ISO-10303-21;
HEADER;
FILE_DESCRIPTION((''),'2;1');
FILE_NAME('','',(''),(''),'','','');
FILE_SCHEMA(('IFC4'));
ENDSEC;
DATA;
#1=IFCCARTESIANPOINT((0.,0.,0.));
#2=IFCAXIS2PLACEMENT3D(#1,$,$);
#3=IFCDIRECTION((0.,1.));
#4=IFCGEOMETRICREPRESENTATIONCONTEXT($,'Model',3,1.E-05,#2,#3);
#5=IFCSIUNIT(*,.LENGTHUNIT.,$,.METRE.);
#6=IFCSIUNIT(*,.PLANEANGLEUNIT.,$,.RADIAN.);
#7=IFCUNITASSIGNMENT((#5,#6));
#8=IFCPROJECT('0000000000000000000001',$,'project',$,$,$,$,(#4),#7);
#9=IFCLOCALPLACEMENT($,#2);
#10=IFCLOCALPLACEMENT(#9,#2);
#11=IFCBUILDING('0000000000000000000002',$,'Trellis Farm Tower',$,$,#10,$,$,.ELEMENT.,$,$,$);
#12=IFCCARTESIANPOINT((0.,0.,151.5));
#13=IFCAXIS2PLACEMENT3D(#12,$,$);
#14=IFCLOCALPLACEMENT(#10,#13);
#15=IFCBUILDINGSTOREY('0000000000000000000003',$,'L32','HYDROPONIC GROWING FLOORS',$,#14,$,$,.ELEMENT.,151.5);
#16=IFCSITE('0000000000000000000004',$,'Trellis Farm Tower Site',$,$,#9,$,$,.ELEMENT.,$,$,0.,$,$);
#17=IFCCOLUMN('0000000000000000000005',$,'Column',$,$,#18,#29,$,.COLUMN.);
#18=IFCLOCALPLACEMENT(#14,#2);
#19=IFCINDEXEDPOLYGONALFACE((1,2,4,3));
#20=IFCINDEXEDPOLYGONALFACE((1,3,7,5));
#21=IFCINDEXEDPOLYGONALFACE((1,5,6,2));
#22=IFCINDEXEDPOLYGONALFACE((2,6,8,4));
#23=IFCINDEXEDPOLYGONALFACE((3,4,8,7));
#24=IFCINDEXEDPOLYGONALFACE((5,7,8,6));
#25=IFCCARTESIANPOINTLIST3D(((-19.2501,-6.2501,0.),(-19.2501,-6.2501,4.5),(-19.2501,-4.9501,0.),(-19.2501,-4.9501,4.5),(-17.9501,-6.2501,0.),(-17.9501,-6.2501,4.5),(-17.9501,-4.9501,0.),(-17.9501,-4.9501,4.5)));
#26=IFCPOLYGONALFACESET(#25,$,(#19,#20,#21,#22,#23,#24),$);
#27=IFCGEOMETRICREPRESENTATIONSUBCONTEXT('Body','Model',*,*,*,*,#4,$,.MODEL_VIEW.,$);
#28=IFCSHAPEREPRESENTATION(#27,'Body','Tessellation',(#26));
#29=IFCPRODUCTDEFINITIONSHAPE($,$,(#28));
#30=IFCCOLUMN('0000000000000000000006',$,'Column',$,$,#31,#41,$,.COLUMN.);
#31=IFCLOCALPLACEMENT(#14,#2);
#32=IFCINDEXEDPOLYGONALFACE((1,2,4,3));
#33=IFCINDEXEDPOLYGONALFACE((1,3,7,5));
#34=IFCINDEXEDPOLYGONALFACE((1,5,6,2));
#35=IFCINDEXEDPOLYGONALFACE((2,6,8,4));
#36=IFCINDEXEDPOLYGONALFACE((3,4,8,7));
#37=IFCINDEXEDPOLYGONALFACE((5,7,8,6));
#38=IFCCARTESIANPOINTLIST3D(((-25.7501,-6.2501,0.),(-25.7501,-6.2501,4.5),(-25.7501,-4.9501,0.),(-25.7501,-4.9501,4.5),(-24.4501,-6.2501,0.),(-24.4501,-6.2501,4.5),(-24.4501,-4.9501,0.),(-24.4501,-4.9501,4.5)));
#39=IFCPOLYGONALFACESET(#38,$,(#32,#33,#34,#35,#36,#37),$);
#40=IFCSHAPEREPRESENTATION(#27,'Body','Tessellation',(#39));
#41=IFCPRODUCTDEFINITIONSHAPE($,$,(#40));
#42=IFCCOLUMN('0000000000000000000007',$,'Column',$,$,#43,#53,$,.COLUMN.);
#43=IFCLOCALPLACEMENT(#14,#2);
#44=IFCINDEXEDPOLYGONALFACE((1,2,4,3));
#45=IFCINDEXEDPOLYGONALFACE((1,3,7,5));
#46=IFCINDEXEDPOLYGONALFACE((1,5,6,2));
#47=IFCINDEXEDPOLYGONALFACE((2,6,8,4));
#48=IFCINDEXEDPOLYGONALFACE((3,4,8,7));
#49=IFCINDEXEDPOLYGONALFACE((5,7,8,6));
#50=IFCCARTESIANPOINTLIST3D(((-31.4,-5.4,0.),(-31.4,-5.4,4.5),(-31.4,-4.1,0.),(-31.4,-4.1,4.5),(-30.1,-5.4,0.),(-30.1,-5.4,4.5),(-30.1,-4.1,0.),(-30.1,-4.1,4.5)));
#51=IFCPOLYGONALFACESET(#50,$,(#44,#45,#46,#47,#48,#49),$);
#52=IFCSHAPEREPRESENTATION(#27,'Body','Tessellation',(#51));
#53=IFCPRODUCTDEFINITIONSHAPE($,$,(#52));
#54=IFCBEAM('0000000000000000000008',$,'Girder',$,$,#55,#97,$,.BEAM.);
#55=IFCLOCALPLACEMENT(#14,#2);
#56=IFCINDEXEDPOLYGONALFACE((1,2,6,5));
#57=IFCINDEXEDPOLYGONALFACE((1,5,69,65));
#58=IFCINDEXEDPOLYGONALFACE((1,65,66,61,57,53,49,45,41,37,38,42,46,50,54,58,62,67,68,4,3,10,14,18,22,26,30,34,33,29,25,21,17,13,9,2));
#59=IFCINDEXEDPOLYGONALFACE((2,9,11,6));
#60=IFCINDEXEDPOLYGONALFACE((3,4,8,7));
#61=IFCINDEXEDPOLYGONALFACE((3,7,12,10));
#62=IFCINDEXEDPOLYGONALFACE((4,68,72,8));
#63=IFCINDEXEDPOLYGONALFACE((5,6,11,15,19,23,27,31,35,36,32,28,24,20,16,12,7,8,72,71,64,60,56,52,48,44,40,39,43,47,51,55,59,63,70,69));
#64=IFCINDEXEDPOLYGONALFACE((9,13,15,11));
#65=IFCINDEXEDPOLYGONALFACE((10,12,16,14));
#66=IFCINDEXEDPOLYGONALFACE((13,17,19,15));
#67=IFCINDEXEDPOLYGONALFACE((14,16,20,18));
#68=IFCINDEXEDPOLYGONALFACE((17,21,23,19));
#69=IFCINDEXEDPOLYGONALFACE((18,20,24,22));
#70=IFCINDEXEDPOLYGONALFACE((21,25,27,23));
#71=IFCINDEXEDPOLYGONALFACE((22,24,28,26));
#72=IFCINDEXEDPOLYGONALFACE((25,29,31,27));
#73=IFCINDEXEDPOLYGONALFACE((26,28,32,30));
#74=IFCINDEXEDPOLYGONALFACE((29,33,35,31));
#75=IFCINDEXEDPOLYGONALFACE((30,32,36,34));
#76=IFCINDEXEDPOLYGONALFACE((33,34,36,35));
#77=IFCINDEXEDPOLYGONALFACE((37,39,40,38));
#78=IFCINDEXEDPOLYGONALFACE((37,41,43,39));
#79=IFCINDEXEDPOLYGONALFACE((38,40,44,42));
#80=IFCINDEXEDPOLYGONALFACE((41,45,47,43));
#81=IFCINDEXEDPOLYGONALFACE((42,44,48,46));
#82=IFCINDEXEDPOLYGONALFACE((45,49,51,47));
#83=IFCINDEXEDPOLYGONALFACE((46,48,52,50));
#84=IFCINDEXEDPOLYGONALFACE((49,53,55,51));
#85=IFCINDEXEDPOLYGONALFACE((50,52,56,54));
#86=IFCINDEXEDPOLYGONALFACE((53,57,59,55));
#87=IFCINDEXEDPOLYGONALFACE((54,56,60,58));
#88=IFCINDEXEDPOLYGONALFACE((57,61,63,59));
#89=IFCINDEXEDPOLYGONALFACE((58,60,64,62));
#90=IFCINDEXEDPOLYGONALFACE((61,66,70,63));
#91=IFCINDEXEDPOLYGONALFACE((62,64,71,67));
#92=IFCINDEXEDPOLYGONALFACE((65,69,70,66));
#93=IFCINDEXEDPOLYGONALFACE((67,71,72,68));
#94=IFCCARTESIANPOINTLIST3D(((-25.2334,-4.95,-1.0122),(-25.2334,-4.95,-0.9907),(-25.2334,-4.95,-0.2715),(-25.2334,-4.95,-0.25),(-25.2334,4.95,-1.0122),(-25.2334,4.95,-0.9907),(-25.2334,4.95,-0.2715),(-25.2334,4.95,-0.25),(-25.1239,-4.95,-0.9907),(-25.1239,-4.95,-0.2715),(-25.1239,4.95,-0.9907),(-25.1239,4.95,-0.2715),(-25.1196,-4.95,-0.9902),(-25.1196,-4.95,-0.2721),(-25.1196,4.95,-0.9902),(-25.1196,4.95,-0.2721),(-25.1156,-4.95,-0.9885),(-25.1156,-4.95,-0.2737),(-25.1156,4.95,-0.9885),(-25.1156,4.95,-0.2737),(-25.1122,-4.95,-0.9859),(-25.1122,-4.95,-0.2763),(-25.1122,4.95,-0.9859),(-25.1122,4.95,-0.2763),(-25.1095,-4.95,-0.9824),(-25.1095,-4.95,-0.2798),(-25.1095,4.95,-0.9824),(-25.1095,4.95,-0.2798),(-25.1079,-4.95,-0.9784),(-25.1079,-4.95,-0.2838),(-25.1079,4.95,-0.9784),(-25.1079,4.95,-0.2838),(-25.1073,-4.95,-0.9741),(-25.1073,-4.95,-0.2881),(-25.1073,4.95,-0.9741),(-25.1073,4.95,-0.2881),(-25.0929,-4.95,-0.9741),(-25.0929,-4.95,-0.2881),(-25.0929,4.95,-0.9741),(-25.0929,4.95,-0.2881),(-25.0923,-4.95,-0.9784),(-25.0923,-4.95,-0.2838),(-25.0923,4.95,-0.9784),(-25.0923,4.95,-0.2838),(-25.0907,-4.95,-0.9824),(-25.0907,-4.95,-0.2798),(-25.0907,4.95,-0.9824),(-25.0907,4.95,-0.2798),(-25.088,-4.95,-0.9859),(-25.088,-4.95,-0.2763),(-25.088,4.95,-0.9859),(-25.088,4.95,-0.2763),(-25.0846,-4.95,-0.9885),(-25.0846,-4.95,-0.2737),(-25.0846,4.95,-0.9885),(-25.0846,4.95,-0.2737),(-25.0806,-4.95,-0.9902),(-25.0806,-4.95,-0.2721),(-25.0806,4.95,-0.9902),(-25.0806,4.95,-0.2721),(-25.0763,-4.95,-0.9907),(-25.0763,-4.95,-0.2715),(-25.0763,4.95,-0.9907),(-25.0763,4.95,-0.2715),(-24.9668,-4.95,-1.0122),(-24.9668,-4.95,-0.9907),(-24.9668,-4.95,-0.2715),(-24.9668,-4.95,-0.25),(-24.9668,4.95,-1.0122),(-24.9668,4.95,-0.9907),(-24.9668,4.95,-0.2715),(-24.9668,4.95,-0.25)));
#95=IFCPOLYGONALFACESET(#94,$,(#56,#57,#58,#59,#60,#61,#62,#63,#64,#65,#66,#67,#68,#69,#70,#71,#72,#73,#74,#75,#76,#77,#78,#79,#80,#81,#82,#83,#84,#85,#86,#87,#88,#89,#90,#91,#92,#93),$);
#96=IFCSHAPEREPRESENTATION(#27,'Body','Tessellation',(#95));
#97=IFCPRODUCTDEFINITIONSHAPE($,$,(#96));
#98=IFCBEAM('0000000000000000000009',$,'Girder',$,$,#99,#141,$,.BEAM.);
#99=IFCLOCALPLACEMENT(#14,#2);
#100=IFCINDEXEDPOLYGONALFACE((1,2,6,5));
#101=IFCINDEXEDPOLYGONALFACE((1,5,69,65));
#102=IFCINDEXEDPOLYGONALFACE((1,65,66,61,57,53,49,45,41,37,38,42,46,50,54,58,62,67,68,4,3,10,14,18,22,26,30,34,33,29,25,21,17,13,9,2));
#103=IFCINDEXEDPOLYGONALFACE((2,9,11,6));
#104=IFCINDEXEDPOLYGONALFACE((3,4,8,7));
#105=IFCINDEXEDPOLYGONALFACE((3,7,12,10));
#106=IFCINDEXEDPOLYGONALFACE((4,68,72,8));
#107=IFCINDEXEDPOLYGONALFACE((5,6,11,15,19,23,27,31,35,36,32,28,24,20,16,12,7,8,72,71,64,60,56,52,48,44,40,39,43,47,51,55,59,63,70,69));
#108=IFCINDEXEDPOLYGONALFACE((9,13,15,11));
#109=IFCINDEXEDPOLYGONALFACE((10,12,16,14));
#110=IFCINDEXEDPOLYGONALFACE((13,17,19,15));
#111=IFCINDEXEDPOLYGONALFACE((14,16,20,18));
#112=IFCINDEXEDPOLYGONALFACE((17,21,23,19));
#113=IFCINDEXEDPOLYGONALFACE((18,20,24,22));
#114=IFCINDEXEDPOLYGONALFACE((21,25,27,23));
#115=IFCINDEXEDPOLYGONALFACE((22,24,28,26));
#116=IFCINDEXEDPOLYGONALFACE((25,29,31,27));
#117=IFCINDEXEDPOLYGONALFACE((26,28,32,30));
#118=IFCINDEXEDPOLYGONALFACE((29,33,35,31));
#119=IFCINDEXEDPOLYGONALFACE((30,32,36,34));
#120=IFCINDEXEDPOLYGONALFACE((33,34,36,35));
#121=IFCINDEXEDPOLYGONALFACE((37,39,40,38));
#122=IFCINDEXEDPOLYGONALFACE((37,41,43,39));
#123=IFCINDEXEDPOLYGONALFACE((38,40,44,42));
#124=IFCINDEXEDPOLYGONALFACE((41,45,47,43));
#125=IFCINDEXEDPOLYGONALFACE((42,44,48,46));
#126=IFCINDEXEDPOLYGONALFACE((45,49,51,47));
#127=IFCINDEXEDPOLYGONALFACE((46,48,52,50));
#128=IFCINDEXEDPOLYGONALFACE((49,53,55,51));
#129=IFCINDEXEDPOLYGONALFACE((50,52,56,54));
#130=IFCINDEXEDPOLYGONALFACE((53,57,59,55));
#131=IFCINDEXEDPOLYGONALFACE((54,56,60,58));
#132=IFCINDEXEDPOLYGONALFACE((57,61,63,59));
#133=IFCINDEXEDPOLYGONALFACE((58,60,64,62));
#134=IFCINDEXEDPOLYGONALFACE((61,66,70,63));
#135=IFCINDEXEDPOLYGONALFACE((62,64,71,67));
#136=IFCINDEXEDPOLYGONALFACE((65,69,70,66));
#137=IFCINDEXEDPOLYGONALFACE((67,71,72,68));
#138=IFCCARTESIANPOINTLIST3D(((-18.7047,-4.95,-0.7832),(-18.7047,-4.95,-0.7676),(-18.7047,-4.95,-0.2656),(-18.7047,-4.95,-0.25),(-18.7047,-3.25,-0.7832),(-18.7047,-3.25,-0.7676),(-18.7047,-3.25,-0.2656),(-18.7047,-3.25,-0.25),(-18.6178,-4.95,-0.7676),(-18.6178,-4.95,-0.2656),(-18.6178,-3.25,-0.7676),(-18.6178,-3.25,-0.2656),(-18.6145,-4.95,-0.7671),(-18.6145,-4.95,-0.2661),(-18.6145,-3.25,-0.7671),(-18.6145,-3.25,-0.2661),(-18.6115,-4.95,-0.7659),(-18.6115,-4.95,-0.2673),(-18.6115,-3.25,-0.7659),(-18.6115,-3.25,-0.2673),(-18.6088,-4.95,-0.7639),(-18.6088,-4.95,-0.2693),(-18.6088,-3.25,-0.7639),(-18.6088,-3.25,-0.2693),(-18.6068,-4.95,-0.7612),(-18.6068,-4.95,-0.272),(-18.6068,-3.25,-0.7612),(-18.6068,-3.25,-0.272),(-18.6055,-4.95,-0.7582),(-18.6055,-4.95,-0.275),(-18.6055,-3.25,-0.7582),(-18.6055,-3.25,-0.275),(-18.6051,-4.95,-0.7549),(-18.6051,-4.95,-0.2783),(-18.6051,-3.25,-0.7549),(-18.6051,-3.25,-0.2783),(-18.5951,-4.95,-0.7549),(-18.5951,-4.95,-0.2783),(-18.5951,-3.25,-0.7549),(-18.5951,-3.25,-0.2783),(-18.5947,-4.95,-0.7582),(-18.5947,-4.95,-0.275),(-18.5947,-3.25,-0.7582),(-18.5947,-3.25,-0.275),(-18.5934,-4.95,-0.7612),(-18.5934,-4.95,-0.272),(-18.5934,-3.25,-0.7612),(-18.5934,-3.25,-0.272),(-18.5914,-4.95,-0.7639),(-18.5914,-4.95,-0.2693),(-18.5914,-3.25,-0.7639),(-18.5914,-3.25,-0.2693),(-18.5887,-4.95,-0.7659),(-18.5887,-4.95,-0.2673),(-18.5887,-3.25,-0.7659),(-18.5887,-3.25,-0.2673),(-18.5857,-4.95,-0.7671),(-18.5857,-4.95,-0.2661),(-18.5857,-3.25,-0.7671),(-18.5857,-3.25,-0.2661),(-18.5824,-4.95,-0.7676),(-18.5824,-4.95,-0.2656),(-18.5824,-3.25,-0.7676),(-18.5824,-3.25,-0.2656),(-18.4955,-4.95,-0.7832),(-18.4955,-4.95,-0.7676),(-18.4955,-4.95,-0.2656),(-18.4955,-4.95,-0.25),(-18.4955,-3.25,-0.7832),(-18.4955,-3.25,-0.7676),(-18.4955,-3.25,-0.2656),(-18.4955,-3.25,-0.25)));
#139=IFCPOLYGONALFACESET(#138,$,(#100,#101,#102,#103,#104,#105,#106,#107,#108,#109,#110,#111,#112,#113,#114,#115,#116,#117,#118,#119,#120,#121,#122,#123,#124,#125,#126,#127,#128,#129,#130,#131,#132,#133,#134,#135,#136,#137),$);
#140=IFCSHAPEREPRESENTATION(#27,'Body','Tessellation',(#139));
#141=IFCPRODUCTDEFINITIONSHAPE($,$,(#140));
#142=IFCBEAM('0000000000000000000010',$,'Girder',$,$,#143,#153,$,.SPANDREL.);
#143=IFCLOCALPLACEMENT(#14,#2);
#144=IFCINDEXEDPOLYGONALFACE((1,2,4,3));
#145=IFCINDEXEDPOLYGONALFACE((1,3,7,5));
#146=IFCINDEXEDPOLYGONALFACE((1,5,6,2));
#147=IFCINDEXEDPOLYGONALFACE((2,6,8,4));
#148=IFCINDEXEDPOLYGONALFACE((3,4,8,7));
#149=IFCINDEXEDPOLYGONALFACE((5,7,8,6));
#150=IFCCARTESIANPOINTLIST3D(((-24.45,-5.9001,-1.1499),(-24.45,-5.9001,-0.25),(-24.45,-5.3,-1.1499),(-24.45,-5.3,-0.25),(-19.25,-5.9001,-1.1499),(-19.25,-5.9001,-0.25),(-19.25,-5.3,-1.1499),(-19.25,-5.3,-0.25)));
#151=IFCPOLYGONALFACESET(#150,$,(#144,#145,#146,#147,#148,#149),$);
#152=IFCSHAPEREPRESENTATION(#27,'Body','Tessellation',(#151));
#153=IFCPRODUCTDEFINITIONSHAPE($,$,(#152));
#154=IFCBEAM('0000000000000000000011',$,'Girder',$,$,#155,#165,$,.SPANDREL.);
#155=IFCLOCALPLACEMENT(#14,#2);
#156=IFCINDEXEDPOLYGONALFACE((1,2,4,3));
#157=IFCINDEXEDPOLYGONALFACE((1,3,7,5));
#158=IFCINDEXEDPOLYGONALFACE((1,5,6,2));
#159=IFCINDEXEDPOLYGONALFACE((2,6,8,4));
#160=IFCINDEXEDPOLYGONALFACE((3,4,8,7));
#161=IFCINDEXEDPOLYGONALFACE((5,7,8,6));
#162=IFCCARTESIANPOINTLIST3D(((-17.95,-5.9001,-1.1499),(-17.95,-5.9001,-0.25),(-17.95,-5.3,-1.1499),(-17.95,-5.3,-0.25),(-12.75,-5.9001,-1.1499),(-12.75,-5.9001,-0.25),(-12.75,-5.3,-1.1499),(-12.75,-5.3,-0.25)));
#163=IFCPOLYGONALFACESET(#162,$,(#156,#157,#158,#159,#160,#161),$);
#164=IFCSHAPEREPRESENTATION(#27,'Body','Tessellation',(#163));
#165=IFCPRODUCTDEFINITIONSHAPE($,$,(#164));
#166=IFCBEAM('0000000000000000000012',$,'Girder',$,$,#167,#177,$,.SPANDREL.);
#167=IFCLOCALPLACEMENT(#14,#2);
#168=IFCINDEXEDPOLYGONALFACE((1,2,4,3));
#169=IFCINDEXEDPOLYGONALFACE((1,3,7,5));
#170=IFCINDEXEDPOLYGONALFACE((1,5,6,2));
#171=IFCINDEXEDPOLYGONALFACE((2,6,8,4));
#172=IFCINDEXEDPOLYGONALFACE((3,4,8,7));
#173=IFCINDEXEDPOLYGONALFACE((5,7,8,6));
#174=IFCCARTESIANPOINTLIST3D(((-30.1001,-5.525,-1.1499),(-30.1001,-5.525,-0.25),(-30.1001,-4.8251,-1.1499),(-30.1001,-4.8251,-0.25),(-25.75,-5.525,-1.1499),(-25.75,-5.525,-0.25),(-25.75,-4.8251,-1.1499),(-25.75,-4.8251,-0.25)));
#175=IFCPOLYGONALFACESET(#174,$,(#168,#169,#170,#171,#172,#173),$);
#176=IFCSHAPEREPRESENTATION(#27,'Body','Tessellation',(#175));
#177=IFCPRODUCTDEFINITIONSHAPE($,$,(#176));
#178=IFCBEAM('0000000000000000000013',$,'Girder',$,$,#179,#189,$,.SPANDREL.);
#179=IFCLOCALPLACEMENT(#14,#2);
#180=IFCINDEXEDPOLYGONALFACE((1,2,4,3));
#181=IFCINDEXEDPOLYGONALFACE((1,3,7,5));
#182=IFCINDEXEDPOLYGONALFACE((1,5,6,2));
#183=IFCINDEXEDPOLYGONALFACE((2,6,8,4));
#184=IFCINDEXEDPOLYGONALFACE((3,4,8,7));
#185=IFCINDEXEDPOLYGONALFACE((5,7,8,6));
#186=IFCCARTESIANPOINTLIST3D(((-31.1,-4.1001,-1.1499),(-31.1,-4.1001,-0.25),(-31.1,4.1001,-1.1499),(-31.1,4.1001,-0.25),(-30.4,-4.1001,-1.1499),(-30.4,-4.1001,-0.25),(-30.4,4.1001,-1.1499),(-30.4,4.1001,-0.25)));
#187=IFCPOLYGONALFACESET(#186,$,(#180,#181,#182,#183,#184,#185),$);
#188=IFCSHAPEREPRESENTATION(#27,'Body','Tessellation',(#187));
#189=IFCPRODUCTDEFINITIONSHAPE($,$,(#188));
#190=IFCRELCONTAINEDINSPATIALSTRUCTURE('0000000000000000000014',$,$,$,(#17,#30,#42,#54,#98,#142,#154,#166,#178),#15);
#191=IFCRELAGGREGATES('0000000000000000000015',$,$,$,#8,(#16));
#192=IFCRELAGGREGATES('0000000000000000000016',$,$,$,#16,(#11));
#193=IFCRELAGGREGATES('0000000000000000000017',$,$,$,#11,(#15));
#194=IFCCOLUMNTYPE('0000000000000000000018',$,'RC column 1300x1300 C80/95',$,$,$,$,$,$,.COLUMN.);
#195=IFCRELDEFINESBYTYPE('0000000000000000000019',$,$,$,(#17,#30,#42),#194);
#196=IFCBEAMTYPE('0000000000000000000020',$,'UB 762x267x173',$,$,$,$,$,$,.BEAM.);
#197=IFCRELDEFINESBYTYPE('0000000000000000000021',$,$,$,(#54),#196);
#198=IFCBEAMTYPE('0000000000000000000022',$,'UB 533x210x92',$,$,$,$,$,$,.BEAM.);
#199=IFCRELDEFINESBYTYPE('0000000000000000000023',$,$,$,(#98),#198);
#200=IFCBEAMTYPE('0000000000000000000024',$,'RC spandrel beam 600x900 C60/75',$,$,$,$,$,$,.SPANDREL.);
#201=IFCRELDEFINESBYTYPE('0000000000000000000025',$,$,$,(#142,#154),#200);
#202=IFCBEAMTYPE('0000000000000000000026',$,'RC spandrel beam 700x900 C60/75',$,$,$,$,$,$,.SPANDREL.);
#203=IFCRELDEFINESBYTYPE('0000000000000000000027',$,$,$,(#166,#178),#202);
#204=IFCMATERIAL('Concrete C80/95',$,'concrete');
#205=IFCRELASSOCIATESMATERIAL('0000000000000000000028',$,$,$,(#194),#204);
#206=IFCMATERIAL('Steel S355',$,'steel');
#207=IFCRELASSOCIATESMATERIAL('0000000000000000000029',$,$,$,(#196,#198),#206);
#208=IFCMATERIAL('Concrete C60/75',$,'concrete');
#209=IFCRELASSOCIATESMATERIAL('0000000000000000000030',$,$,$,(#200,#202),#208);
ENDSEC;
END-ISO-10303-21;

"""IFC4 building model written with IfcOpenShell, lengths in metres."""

from ifc_helpers import new_model, si_unit, direction, frame, origin, origin_2d, place, context, subcontext, project, spatial, rectangle, i_section, extrude, source, transform, mapped, material, material_profile, profile_set, type_object, element, save


model = new_model("IFC4")

# Units and contexts
model_context = context("Model", 3, precision=1e-05, world=origin(), true_north=direction((0.0, 1.0)))
body_context = subcontext(model_context, "Body", "Model", "MODEL_VIEW")
ifc_project = project(units=[si_unit("LENGTHUNIT", "METRE"), si_unit("PLANEANGLEUNIT", "RADIAN")], contexts=[model_context])

# Site, building, storey
site_placement = place(None, origin())
site = spatial("IfcSite", under=ifc_project, at=site_placement, Name="Trellis Farm Tower Site", CompositionType="ELEMENT", RefElevation=0.0)
building_placement = place(site_placement, origin())
building = spatial("IfcBuilding", under=site, at=building_placement, Name="Trellis Farm Tower", CompositionType="ELEMENT")
storey_placement = place(building_placement, frame((0.0, 0.0, 151.5)))
storey = spatial("IfcBuildingStorey", under=building, at=storey_placement, Name="L32", Description="HYDROPONIC GROWING FLOORS", CompositionType="ELEMENT", Elevation=151.5)

# Columns
ifc_material_1 = material(Name="Concrete C80/95", Category="concrete")
ifc_material_profile_1 = material_profile(ifc_material_1, rectangle(XDim=1.3, YDim=1.3, at=origin_2d()), Name="RC column 1300x1300 C80/95")
ifc_profile_set_1 = profile_set([ifc_material_profile_1], Name="Concrete C80/95")
column_type = type_object("IfcColumnType", Name="RC column 1300x1300 C80/95", PredefinedType="COLUMN", material=ifc_profile_set_1)
shared_shape_1 = source(origin(), body_context, "Body", "SweptSolid", [
    extrude(rectangle(XDim=1.3, YDim=1.3, at=origin_2d()), origin(), (0.0, 0.0, 1.0), 4.5),
])
for number, where, z_axis, x_axis, name in (
    (1, (-18.6001, -5.6001, 0.0), (0.0, 0.0, 1.0), (1.0, 0.0, 0.0), "Column"),
    (2, (-25.1001, -5.6001, 0.0), (0.0, 0.0, 1.0), (1.0, 0.0, 0.0), "Column"),
    (3, (-30.75, -4.75, 0.0), (0.0, 0.0, 1.0), (1.0, 0.0, 0.0), "Column"),
):
    element("IfcColumn", number, at=place(storey_placement, frame(where, z_axis=z_axis, x_axis=x_axis)), inside=storey, type_object=column_type, Name=name, PredefinedType="COLUMN", context=body_context, shape_type="MappedRepresentation", body=[
        mapped(shared_shape_1, transform((0.0, 0.0, 0.0))),
    ])

# Beams
ifc_material_2 = material(Name="Steel S355", Category="steel")
ifc_material_profile_2 = material_profile(ifc_material_2, i_section(OverallWidth=0.2666, OverallDepth=0.7622, WebThickness=0.0144, FlangeThickness=0.0215, FilletRadius=0.0166, at=origin_2d()), Name="UB 762x267x173")
ifc_profile_set_2 = profile_set([ifc_material_profile_2], Name="Steel S355")
beam_type_1 = type_object("IfcBeamType", Name="UB 762x267x173", PredefinedType="BEAM", material=ifc_profile_set_2)
shared_shape_2 = source(origin(), body_context, "Body", "SweptSolid", [
    extrude(i_section(OverallWidth=0.2666, OverallDepth=0.7622, WebThickness=0.0144, FlangeThickness=0.0215, FilletRadius=0.0166, at=origin_2d()), origin(), (0.0, 0.0, 1.0), 9.8999),
])
beam_1_placement = place(storey_placement, frame((-25.1001, -4.95, -0.6311), z_axis=(0.0, 1.0, 0.0), x_axis=(-1.0, 0.0, 0.0)))
element("IfcBeam", 4, at=beam_1_placement, inside=storey, type_object=beam_type_1, Name="Girder", PredefinedType="BEAM", context=body_context, shape_type="MappedRepresentation", body=[
    mapped(shared_shape_2, transform((0.0, 0.0, 0.0))),
])
ifc_material_profile_3 = material_profile(ifc_material_2, i_section(OverallWidth=0.2092, OverallDepth=0.5332, WebThickness=0.01, FlangeThickness=0.0156, FilletRadius=0.0127, at=origin_2d()), Name="UB 533x210x92")
ifc_profile_set_3 = profile_set([ifc_material_profile_3], Name="Steel S355")
beam_type_2 = type_object("IfcBeamType", Name="UB 533x210x92", PredefinedType="BEAM", material=ifc_profile_set_3)
shared_shape_3 = source(origin(), body_context, "Body", "SweptSolid", [
    extrude(i_section(OverallWidth=0.2092, OverallDepth=0.5332, WebThickness=0.01, FlangeThickness=0.0156, FilletRadius=0.0127, at=origin_2d()), origin(), (0.0, 0.0, 1.0), 1.7),
])
beam_2_placement = place(storey_placement, frame((-18.6001, -4.95, -0.5166), z_axis=(0.0, 1.0, 0.0), x_axis=(-1.0, 0.0, 0.0)))
element("IfcBeam", 5, at=beam_2_placement, inside=storey, type_object=beam_type_2, Name="Girder", PredefinedType="BEAM", context=body_context, shape_type="MappedRepresentation", body=[
    mapped(shared_shape_3, transform((0.0, 0.0, 0.0))),
])
ifc_material_3 = material(Name="Concrete C60/75", Category="concrete")
ifc_material_profile_4 = material_profile(ifc_material_3, rectangle(XDim=0.6001, YDim=0.8999, at=origin_2d()), Name="RC spandrel beam 600x900 C60/75")
ifc_profile_set_4 = profile_set([ifc_material_profile_4], Name="Concrete C60/75")
beam_type_3 = type_object("IfcBeamType", Name="RC spandrel beam 600x900 C60/75", PredefinedType="SPANDREL", material=ifc_profile_set_4)
shared_shape_4 = source(origin(), body_context, "Body", "SweptSolid", [
    extrude(rectangle(XDim=0.6001, YDim=0.8999, at=origin_2d()), origin(), (0.0, 0.0, 1.0), 5.2),
])
for number, where, z_axis, x_axis, name in (
    (6, (-24.45, -5.6001, -0.7), (1.0, 0.0, 0.0), (0.0, 1.0, 0.0), "Girder"),
    (7, (-17.95, -5.6001, -0.7), (1.0, 0.0, 0.0), (0.0, 1.0, 0.0), "Girder"),
):
    element("IfcBeam", number, at=place(storey_placement, frame(where, z_axis=z_axis, x_axis=x_axis)), inside=storey, type_object=beam_type_3, Name=name, PredefinedType="SPANDREL", context=body_context, shape_type="MappedRepresentation", body=[
        mapped(shared_shape_4, transform((0.0, 0.0, 0.0))),
    ])
ifc_material_profile_5 = material_profile(ifc_material_3, rectangle(XDim=0.7, YDim=0.8999, at=origin_2d()), Name="RC spandrel beam 700x900 C60/75")
ifc_profile_set_5 = profile_set([ifc_material_profile_5], Name="Concrete C60/75")
beam_type_4 = type_object("IfcBeamType", Name="RC spandrel beam 700x900 C60/75", PredefinedType="SPANDREL", material=ifc_profile_set_5)
shared_shape_5 = source(origin(), body_context, "Body", "SweptSolid", [
    extrude(rectangle(XDim=0.7, YDim=0.8999, at=origin_2d()), origin(), (0.0, 0.0, 1.0), 4.3501),
])
beam_3_placement = place(storey_placement, frame((-30.1001, -5.175, -0.7), z_axis=(1.0, 0.0, 0.0), x_axis=(0.0, 1.0, 0.0)))
element("IfcBeam", 8, at=beam_3_placement, inside=storey, type_object=beam_type_4, Name="Girder", PredefinedType="SPANDREL", context=body_context, shape_type="MappedRepresentation", body=[
    mapped(shared_shape_5, transform((0.0, 0.0, 0.0))),
])
shared_shape_6 = source(origin(), body_context, "Body", "SweptSolid", [
    extrude(rectangle(XDim=0.7, YDim=0.8999, at=origin_2d()), origin(), (0.0, 0.0, 1.0), 8.2002),
])
beam_4_placement = place(storey_placement, frame((-30.75, -4.1001, -0.7), z_axis=(0.0, 1.0, 0.0), x_axis=(-1.0, 0.0, 0.0)))
element("IfcBeam", 9, at=beam_4_placement, inside=storey, type_object=beam_type_4, Name="Girder", PredefinedType="SPANDREL", context=body_context, shape_type="MappedRepresentation", body=[
    mapped(shared_shape_6, transform((0.0, 0.0, 0.0))),
])

save(model, "model.ifc")
